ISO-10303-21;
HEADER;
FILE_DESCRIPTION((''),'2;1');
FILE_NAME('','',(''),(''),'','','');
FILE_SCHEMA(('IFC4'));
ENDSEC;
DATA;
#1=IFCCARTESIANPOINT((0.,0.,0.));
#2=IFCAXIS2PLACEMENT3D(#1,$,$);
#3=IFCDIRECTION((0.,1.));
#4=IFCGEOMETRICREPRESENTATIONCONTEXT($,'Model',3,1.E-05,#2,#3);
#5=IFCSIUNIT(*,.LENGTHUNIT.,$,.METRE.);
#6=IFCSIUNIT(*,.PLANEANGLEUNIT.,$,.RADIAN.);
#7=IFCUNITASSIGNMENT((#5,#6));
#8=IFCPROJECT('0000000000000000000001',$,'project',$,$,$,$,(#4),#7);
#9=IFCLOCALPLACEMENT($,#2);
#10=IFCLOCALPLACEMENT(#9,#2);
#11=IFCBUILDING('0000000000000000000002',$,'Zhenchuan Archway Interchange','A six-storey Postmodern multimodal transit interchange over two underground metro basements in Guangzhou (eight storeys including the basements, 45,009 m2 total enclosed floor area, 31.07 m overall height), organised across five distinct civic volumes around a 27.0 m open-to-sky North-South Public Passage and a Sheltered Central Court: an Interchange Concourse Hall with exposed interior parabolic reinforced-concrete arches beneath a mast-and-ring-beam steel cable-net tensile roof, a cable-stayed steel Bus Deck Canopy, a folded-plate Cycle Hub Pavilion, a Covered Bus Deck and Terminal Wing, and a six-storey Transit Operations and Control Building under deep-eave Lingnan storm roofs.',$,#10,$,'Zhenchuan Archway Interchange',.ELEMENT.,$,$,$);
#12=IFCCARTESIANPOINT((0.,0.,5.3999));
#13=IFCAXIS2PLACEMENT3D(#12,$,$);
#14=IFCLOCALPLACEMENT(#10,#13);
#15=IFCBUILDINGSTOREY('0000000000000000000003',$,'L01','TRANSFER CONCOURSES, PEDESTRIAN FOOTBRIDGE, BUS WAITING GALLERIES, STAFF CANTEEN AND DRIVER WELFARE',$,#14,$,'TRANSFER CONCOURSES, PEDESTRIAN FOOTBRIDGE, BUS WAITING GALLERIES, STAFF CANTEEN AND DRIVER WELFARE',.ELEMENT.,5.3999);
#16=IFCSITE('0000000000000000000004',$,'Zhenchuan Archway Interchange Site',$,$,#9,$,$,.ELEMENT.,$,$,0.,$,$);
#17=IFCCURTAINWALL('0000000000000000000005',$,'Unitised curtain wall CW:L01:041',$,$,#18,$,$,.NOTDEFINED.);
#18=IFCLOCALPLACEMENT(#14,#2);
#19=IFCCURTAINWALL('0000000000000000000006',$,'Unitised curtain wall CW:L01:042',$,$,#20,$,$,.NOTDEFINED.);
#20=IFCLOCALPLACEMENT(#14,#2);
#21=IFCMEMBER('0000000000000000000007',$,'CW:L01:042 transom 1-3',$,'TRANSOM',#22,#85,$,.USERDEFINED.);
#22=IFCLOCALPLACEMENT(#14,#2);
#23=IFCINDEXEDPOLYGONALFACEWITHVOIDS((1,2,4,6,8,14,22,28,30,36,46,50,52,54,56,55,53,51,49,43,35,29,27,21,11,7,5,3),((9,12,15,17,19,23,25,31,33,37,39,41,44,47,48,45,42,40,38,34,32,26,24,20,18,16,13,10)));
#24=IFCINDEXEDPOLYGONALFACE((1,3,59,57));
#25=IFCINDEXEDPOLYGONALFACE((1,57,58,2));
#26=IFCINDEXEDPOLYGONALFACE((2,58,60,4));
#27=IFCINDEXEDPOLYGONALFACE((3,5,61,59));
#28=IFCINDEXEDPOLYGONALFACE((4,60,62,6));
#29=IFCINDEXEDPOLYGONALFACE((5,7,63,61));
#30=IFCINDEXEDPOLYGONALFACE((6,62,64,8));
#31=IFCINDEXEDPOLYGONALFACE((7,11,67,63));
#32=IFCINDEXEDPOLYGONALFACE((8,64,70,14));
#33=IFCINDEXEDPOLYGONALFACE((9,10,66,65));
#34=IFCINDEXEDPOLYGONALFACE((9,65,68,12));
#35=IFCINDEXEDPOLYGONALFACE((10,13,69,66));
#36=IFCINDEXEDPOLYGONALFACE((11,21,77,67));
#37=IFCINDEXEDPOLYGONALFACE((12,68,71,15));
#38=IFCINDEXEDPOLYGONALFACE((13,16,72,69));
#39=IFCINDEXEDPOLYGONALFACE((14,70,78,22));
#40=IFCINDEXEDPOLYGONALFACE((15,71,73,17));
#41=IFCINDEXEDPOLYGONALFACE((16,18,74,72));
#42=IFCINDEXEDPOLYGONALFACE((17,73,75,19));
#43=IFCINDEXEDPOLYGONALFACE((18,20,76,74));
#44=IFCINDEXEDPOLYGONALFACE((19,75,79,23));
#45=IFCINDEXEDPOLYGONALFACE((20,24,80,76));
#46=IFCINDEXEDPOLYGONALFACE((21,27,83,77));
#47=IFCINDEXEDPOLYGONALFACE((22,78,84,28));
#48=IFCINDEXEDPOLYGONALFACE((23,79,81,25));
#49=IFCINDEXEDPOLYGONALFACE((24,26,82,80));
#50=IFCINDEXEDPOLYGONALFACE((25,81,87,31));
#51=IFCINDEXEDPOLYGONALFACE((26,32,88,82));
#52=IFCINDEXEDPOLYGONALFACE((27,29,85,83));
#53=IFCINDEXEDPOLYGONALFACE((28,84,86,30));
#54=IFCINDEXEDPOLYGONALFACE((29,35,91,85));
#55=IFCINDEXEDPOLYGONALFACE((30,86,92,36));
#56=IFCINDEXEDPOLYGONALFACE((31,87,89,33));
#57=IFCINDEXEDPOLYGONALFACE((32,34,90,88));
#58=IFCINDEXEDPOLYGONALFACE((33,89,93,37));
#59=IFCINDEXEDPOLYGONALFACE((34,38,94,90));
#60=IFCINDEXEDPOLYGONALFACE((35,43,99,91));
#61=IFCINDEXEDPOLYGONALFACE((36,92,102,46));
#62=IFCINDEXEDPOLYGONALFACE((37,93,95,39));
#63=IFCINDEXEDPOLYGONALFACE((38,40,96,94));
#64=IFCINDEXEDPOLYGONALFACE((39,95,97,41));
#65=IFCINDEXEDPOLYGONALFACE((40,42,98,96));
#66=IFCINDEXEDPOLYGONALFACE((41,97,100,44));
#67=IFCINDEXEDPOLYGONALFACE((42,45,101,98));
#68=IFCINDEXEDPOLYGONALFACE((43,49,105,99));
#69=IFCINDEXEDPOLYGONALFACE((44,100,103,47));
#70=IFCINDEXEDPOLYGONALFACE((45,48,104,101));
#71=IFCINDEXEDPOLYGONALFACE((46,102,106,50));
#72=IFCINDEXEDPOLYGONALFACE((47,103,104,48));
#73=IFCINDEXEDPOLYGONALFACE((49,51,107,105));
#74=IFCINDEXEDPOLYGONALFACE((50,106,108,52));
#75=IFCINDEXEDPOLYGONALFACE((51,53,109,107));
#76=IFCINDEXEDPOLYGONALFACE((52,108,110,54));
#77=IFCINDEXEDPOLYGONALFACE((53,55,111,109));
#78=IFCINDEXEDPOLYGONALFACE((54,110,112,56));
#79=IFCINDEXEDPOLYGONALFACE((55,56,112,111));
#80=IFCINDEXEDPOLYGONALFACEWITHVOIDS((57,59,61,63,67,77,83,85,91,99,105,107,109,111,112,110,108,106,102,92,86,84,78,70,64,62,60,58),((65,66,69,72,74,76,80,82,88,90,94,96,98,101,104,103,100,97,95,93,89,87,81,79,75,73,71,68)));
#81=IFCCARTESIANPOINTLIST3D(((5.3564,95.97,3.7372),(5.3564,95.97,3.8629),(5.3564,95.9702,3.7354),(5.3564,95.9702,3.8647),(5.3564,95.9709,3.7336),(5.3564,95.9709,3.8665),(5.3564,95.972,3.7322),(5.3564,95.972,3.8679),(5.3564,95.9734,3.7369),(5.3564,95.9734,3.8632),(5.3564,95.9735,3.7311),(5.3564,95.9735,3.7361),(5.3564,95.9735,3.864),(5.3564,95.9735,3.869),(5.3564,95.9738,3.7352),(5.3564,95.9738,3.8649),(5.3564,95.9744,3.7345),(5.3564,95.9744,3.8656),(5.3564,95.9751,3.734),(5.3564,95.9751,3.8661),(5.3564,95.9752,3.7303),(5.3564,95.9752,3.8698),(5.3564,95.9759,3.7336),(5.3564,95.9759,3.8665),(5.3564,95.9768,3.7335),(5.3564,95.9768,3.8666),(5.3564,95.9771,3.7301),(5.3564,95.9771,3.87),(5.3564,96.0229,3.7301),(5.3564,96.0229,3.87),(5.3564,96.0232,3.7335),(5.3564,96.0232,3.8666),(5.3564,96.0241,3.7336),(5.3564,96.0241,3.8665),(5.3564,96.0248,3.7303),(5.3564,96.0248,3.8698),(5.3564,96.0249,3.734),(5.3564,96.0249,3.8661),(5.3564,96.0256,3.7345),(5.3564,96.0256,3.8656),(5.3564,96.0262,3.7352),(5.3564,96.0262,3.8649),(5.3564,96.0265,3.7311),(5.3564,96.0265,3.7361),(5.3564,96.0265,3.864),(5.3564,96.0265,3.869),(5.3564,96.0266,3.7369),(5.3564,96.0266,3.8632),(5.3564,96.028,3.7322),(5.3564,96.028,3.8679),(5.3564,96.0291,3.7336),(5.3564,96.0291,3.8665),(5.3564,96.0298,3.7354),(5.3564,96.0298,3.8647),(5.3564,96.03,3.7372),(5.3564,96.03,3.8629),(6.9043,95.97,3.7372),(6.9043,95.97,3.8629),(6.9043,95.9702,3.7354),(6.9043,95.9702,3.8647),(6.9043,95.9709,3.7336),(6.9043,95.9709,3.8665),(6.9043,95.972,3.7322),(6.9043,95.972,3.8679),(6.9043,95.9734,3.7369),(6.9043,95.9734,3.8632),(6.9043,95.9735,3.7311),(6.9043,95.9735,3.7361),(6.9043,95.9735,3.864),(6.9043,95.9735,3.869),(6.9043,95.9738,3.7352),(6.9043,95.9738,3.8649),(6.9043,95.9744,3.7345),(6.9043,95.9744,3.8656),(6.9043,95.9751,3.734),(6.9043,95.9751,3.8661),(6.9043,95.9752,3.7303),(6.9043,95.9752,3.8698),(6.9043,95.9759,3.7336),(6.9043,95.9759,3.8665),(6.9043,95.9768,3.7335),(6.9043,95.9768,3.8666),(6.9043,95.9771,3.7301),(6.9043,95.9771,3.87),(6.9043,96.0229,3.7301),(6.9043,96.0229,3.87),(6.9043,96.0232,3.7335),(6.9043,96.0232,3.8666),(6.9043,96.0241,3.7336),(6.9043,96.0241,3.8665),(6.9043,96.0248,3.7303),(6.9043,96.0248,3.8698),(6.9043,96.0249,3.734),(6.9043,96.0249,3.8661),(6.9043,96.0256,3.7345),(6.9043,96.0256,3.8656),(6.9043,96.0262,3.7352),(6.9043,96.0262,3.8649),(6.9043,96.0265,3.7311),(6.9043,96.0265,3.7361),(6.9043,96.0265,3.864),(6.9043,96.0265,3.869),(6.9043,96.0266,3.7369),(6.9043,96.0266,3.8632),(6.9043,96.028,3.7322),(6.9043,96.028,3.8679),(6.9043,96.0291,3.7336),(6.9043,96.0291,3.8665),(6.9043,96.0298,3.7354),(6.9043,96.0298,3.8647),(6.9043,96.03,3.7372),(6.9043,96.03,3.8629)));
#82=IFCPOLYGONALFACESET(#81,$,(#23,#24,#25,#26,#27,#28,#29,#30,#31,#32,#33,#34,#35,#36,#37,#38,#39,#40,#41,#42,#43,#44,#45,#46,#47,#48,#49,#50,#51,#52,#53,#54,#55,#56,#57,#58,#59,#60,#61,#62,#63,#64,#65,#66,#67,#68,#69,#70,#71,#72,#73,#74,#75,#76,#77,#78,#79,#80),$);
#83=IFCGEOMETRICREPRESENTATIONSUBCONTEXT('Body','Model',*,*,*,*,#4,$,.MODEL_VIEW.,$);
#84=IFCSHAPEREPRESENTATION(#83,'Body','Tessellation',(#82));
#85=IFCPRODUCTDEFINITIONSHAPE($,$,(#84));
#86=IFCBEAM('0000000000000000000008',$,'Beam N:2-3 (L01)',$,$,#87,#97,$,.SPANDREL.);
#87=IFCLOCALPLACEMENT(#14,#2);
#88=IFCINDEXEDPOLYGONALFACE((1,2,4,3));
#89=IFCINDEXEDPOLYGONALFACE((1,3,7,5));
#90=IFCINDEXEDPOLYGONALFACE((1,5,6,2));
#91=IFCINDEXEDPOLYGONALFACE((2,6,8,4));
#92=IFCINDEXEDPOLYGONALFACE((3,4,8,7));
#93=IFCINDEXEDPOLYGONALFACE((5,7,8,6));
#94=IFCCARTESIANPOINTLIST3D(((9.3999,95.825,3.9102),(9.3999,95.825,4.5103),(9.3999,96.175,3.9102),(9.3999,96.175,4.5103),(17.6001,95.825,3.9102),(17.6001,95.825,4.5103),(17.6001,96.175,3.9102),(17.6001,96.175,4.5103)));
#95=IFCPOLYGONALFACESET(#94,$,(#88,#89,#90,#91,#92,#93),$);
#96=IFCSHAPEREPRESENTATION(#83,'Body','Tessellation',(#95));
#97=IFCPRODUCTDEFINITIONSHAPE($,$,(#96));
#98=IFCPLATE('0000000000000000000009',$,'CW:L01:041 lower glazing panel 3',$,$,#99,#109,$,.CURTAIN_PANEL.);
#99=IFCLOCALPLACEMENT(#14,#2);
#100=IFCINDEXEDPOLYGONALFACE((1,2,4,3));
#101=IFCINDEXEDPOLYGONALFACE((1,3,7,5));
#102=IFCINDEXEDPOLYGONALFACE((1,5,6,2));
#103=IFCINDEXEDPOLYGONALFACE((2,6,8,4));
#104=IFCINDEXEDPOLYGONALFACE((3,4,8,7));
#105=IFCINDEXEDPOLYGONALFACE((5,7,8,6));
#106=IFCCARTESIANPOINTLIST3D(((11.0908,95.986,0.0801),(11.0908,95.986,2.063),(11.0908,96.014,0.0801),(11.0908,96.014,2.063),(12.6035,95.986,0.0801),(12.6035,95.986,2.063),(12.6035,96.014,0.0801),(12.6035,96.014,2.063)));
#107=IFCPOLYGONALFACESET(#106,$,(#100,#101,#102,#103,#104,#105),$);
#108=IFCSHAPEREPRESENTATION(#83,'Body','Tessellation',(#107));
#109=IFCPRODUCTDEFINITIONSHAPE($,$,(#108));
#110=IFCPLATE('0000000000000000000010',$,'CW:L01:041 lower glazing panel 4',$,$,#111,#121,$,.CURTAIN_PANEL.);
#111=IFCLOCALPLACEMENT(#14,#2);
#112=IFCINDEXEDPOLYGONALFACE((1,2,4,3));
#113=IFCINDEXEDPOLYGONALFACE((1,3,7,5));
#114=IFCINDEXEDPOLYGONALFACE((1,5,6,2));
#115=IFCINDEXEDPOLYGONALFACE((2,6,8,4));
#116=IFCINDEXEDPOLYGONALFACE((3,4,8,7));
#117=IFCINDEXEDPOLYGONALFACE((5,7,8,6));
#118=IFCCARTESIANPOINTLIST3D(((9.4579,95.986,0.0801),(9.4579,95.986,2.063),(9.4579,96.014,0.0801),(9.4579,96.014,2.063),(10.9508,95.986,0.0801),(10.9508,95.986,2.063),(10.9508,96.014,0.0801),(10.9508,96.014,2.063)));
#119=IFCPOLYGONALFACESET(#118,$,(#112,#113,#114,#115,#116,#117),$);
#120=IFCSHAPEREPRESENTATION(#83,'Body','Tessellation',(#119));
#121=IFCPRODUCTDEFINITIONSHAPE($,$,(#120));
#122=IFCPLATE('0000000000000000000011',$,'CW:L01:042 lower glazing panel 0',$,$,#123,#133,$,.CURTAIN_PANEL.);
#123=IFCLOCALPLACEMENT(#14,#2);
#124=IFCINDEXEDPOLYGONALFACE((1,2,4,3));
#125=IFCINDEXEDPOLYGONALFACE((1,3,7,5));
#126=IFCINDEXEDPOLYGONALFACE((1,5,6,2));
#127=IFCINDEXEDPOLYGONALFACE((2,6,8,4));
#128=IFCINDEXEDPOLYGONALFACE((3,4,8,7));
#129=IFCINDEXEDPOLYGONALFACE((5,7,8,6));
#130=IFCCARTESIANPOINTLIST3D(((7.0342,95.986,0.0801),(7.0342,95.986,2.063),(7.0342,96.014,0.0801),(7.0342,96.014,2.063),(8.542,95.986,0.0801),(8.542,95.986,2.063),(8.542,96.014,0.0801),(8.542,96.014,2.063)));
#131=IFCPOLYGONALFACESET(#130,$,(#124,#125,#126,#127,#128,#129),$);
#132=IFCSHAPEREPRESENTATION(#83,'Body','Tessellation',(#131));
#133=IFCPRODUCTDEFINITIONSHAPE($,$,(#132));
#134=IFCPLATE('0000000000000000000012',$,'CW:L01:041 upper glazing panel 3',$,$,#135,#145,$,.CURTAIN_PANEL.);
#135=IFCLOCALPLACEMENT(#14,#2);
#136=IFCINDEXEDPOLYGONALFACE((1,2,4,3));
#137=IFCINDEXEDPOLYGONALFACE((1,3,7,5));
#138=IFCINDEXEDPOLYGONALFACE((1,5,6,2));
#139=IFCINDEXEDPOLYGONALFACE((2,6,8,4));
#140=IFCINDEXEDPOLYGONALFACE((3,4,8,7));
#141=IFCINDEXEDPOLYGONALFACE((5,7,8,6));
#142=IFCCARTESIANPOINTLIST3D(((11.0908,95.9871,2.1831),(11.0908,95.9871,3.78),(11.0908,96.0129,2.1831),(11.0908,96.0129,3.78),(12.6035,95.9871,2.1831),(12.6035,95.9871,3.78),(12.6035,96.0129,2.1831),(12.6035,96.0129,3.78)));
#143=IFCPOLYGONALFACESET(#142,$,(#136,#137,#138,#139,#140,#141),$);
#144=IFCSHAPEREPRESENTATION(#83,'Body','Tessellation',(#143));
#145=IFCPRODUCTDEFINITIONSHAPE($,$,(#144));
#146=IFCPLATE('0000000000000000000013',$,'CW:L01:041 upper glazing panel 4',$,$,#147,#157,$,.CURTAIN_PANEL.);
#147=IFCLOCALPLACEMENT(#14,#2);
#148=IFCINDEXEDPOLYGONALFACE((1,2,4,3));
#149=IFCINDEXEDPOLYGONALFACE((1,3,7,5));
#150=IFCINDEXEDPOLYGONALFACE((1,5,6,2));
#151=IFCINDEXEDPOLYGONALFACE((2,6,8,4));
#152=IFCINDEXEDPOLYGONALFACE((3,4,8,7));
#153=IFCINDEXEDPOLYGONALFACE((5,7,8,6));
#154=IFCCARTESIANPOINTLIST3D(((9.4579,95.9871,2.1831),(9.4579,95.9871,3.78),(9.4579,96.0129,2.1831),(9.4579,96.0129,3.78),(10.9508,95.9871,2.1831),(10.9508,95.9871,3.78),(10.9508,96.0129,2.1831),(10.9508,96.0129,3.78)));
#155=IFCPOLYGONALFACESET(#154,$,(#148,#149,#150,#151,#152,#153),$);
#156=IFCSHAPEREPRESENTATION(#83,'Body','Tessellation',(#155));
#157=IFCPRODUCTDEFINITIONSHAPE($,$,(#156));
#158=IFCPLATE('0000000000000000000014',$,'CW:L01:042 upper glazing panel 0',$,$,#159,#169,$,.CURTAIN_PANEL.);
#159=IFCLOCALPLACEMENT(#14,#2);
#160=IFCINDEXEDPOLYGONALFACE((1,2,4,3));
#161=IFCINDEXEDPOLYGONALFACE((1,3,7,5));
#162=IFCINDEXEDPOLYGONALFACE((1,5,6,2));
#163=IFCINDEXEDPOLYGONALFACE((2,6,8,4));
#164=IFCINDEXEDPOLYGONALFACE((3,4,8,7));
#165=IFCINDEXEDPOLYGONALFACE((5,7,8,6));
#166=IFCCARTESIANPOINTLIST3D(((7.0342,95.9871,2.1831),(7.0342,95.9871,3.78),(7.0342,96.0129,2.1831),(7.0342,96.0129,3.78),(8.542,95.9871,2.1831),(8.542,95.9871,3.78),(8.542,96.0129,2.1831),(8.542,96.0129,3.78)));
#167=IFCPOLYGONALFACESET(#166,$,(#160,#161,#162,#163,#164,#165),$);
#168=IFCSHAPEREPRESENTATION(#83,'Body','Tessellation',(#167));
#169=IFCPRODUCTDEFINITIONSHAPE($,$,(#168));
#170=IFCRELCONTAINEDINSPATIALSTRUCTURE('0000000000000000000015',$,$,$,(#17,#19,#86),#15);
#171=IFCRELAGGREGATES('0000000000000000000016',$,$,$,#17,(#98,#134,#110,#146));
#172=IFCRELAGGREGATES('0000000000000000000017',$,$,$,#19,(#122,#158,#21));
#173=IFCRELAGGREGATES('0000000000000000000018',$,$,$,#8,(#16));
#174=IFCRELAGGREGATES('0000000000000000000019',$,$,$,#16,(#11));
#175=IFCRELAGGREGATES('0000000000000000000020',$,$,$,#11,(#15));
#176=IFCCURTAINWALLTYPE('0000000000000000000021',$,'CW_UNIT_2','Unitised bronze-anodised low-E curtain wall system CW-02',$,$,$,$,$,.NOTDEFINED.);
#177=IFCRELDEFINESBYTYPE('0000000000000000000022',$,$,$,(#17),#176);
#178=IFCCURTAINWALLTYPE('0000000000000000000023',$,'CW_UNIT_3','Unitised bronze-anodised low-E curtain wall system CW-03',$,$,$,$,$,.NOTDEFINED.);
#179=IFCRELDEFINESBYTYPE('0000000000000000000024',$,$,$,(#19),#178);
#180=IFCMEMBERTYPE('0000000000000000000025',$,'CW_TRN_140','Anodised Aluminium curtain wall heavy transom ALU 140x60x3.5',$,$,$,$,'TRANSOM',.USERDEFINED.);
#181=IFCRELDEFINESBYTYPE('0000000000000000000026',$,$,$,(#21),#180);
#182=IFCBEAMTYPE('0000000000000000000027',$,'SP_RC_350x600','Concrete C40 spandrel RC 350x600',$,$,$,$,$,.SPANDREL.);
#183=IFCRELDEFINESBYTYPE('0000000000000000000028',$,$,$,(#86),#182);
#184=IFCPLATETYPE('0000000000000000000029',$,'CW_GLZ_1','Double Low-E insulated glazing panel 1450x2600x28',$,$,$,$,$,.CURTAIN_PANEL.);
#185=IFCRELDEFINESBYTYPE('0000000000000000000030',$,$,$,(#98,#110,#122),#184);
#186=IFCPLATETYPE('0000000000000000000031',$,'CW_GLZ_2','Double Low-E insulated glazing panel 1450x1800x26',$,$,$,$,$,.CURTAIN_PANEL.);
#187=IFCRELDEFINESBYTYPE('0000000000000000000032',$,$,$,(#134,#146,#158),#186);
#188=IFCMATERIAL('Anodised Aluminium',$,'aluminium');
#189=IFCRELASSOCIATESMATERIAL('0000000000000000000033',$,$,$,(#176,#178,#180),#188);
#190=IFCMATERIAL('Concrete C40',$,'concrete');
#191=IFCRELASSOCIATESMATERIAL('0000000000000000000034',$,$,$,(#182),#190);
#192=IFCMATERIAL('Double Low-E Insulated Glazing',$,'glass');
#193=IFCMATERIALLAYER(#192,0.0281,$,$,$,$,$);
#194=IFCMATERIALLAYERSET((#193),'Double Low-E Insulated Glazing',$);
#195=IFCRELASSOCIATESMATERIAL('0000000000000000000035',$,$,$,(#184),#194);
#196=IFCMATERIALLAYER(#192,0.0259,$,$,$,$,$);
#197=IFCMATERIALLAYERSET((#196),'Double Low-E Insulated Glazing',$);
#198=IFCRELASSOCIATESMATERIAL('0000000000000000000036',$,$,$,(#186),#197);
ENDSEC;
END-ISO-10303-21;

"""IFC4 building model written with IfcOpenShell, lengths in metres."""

from ifc_helpers import new_model, si_unit, direction, frame, origin, origin_2d, place, context, subcontext, project, spatial, rectangle, hollow_rectangle, extrude, material, layer, layer_set, material_profile, profile_set, type_object, element, aggregate, save


model = new_model("IFC4")

# Units and contexts
model_context = context("Model", 3, precision=1e-05, world=origin(), true_north=direction((0.0, 1.0)))
body_context = subcontext(model_context, "Body", "Model", "MODEL_VIEW")
ifc_project = project(units=[si_unit("LENGTHUNIT", "METRE"), si_unit("PLANEANGLEUNIT", "RADIAN")], contexts=[model_context])

# Site, building, storey
site_placement = place(None, origin())
site = spatial("IfcSite", under=ifc_project, at=site_placement, Name="Zhenchuan Archway Interchange Site", CompositionType="ELEMENT", RefElevation=0.0)
building_placement = place(site_placement, origin())
building = spatial("IfcBuilding", under=site, at=building_placement, Name="Zhenchuan Archway Interchange", Description="A six-storey Postmodern multimodal transit interchange over two underground metro basements in Guangzhou (eight storeys including the basements, 45,009 m2 total enclosed floor area, 31.07 m overall height), organised across five distinct civic volumes around a 27.0 m open-to-sky North-South Public Passage and a Sheltered Central Court: an Interchange Concourse Hall with exposed interior parabolic reinforced-concrete arches beneath a mast-and-ring-beam steel cable-net tensile roof, a cable-stayed steel Bus Deck Canopy, a folded-plate Cycle Hub Pavilion, a Covered Bus Deck and Terminal Wing, and a six-storey Transit Operations and Control Building under deep-eave Lingnan storm roofs.", LongName="Zhenchuan Archway Interchange", CompositionType="ELEMENT")
storey_placement = place(building_placement, frame((0.0, 0.0, 5.3999)))
storey = spatial("IfcBuildingStorey", under=building, at=storey_placement, Name="L01", Description="TRANSFER CONCOURSES, PEDESTRIAN FOOTBRIDGE, BUS WAITING GALLERIES, STAFF CANTEEN AND DRIVER WELFARE", LongName="TRANSFER CONCOURSES, PEDESTRIAN FOOTBRIDGE, BUS WAITING GALLERIES, STAFF CANTEEN AND DRIVER WELFARE", CompositionType="ELEMENT", Elevation=5.3999)

# Shared definitions
ifc_material_1 = material(Name="Concrete C40", Category="concrete")

# Shared definitions
ifc_material_2 = material(Name="Anodised Aluminium", Category="aluminium")

# Curtain walls
curtain_wall_type_1 = type_object("IfcCurtainWallType", Name="CW_UNIT_2", Description="Unitised bronze-anodised low-E curtain wall system CW-02", PredefinedType="NOTDEFINED", material=ifc_material_2)
curtain_wall_1_placement = place(storey_placement, origin())
curtain_wall_1 = element("IfcCurtainWall", 1, at=curtain_wall_1_placement, inside=storey, type_object=curtain_wall_type_1, Name="Unitised curtain wall CW:L01:041", PredefinedType="NOTDEFINED")
curtain_wall_type_2 = type_object("IfcCurtainWallType", Name="CW_UNIT_3", Description="Unitised bronze-anodised low-E curtain wall system CW-03", PredefinedType="NOTDEFINED", material=ifc_material_2)
curtain_wall_2_placement = place(storey_placement, origin())
curtain_wall_2 = element("IfcCurtainWall", 2, at=curtain_wall_2_placement, inside=storey, type_object=curtain_wall_type_2, Name="Unitised curtain wall CW:L01:042", PredefinedType="NOTDEFINED")

# Member
ifc_material_profile_1 = material_profile(ifc_material_2, hollow_rectangle(XDim=0.0601, YDim=0.1399, WallThickness=0.0034, InnerFilletRadius=0.0034, OuterFilletRadius=0.0071, at=origin_2d()), Name="ALU 140x60x3.5")
ifc_profile_set_1 = profile_set([ifc_material_profile_1], Name="Anodised Aluminium")
member_type_1 = type_object("IfcMemberType", Name="CW_TRN_140", Description="Anodised Aluminium curtain wall heavy transom ALU 140x60x3.5", ElementType="TRANSOM", PredefinedType="USERDEFINED", material=ifc_profile_set_1)
member_1_placement = place(storey_placement, frame((6.9043, 96.0, 3.8), z_axis=(-1.0, 0.0, 0.0), x_axis=(0.0, -1.0, 0.0)))
member_1 = element("IfcMember", 3, at=member_1_placement, type_object=member_type_1, Name="CW:L01:042 transom 1-3", ObjectType="TRANSOM", PredefinedType="USERDEFINED", context=body_context, shape_type="SweptSolid", body=[
    extrude(hollow_rectangle(XDim=0.0601, YDim=0.1399, WallThickness=0.0034, InnerFilletRadius=0.0034, OuterFilletRadius=0.0071, at=origin_2d()), origin(), (0.0, 0.0, 1.0), 1.5479),
])

# Beam
ifc_material_profile_2 = material_profile(ifc_material_1, rectangle(XDim=0.3501, YDim=0.6001, at=origin_2d()), Name="RC 350x600")
ifc_profile_set_2 = profile_set([ifc_material_profile_2], Name="Concrete C40")
beam_type = type_object("IfcBeamType", Name="SP_RC_350x600", Description="Concrete C40 spandrel RC 350x600", PredefinedType="SPANDREL", material=ifc_profile_set_2)
beam_placement = place(storey_placement, frame((9.3999, 96.0, 4.2102), z_axis=(1.0, 0.0, 0.0), x_axis=(0.0, 1.0, 0.0)))
element("IfcBeam", 4, at=beam_placement, inside=storey, type_object=beam_type, Name="Beam N:2-3 (L01)", PredefinedType="SPANDREL", context=body_context, shape_type="SweptSolid", body=[
    extrude(rectangle(XDim=0.3501, YDim=0.6001, at=origin_2d()), origin(), (0.0, 0.0, 1.0), 8.2002),
])

# Plates
ifc_material_3 = material(Name="Double Low-E Insulated Glazing", Category="glass")
ifc_layer_1 = layer(ifc_material_3, 0.0281)
ifc_layer_set_1 = layer_set([ifc_layer_1], Name="Double Low-E Insulated Glazing")
plate_type_1 = type_object("IfcPlateType", Name="CW_GLZ_1", Description="Double Low-E insulated glazing panel 1450x2600x28", PredefinedType="CURTAIN_PANEL", material=ifc_layer_set_1)
plate_1_placement = place(storey_placement, frame((11.8472, 96.0, 0.0801), z_axis=(0.0, 0.0, 1.0), x_axis=(-1.0, 0.0, 0.0)))
plate_1 = element("IfcPlate", 5, at=plate_1_placement, type_object=plate_type_1, Name="CW:L01:041 lower glazing panel 3", PredefinedType="CURTAIN_PANEL", context=body_context, shape_type="SweptSolid", body=[
    extrude(rectangle(XDim=1.5127, YDim=0.0281, at=origin_2d()), origin(), (0.0, 0.0, 1.0), 1.9829),
])
plate_2_placement = place(storey_placement, frame((10.2043, 96.0, 0.0801), z_axis=(0.0, 0.0, 1.0), x_axis=(-1.0, 0.0, 0.0)))
plate_2 = element("IfcPlate", 6, at=plate_2_placement, type_object=plate_type_1, Name="CW:L01:041 lower glazing panel 4", PredefinedType="CURTAIN_PANEL", context=body_context, shape_type="SweptSolid", body=[
    extrude(rectangle(XDim=1.4929, YDim=0.0281, at=origin_2d()), origin(), (0.0, 0.0, 1.0), 1.9829),
])
plate_3_placement = place(storey_placement, frame((7.7881, 96.0, 0.0801), z_axis=(0.0, 0.0, 1.0), x_axis=(-1.0, 0.0, 0.0)))
plate_3 = element("IfcPlate", 7, at=plate_3_placement, type_object=plate_type_1, Name="CW:L01:042 lower glazing panel 0", PredefinedType="CURTAIN_PANEL", context=body_context, shape_type="SweptSolid", body=[
    extrude(rectangle(XDim=1.5078, YDim=0.0281, at=origin_2d()), origin(), (0.0, 0.0, 1.0), 1.9829),
])
ifc_layer_2 = layer(ifc_material_3, 0.0259)
ifc_layer_set_2 = layer_set([ifc_layer_2], Name="Double Low-E Insulated Glazing")
plate_type_2 = type_object("IfcPlateType", Name="CW_GLZ_2", Description="Double Low-E insulated glazing panel 1450x1800x26", PredefinedType="CURTAIN_PANEL", material=ifc_layer_set_2)
plate_4_placement = place(storey_placement, frame((11.8472, 96.0, 2.1831), z_axis=(0.0, 0.0, 1.0), x_axis=(-1.0, 0.0, 0.0)))
plate_4 = element("IfcPlate", 8, at=plate_4_placement, type_object=plate_type_2, Name="CW:L01:041 upper glazing panel 3", PredefinedType="CURTAIN_PANEL", context=body_context, shape_type="SweptSolid", body=[
    extrude(rectangle(XDim=1.5127, YDim=0.0259, at=origin_2d()), origin(), (0.0, 0.0, 1.0), 1.5969),
])
plate_5_placement = place(storey_placement, frame((10.2043, 96.0, 2.1831), z_axis=(0.0, 0.0, 1.0), x_axis=(-1.0, 0.0, 0.0)))
plate_5 = element("IfcPlate", 9, at=plate_5_placement, type_object=plate_type_2, Name="CW:L01:041 upper glazing panel 4", PredefinedType="CURTAIN_PANEL", context=body_context, shape_type="SweptSolid", body=[
    extrude(rectangle(XDim=1.4929, YDim=0.0259, at=origin_2d()), origin(), (0.0, 0.0, 1.0), 1.5969),
])
aggregate(curtain_wall_1, [plate_1, plate_4, plate_2, plate_5])
plate_6_placement = place(storey_placement, frame((7.7881, 96.0, 2.1831), z_axis=(0.0, 0.0, 1.0), x_axis=(-1.0, 0.0, 0.0)))
plate_6 = element("IfcPlate", 10, at=plate_6_placement, type_object=plate_type_2, Name="CW:L01:042 upper glazing panel 0", PredefinedType="CURTAIN_PANEL", context=body_context, shape_type="SweptSolid", body=[
    extrude(rectangle(XDim=1.5078, YDim=0.0259, at=origin_2d()), origin(), (0.0, 0.0, 1.0), 1.5969),
])
aggregate(curtain_wall_2, [plate_3, plate_6, member_1])

save(model, "model.ifc")
